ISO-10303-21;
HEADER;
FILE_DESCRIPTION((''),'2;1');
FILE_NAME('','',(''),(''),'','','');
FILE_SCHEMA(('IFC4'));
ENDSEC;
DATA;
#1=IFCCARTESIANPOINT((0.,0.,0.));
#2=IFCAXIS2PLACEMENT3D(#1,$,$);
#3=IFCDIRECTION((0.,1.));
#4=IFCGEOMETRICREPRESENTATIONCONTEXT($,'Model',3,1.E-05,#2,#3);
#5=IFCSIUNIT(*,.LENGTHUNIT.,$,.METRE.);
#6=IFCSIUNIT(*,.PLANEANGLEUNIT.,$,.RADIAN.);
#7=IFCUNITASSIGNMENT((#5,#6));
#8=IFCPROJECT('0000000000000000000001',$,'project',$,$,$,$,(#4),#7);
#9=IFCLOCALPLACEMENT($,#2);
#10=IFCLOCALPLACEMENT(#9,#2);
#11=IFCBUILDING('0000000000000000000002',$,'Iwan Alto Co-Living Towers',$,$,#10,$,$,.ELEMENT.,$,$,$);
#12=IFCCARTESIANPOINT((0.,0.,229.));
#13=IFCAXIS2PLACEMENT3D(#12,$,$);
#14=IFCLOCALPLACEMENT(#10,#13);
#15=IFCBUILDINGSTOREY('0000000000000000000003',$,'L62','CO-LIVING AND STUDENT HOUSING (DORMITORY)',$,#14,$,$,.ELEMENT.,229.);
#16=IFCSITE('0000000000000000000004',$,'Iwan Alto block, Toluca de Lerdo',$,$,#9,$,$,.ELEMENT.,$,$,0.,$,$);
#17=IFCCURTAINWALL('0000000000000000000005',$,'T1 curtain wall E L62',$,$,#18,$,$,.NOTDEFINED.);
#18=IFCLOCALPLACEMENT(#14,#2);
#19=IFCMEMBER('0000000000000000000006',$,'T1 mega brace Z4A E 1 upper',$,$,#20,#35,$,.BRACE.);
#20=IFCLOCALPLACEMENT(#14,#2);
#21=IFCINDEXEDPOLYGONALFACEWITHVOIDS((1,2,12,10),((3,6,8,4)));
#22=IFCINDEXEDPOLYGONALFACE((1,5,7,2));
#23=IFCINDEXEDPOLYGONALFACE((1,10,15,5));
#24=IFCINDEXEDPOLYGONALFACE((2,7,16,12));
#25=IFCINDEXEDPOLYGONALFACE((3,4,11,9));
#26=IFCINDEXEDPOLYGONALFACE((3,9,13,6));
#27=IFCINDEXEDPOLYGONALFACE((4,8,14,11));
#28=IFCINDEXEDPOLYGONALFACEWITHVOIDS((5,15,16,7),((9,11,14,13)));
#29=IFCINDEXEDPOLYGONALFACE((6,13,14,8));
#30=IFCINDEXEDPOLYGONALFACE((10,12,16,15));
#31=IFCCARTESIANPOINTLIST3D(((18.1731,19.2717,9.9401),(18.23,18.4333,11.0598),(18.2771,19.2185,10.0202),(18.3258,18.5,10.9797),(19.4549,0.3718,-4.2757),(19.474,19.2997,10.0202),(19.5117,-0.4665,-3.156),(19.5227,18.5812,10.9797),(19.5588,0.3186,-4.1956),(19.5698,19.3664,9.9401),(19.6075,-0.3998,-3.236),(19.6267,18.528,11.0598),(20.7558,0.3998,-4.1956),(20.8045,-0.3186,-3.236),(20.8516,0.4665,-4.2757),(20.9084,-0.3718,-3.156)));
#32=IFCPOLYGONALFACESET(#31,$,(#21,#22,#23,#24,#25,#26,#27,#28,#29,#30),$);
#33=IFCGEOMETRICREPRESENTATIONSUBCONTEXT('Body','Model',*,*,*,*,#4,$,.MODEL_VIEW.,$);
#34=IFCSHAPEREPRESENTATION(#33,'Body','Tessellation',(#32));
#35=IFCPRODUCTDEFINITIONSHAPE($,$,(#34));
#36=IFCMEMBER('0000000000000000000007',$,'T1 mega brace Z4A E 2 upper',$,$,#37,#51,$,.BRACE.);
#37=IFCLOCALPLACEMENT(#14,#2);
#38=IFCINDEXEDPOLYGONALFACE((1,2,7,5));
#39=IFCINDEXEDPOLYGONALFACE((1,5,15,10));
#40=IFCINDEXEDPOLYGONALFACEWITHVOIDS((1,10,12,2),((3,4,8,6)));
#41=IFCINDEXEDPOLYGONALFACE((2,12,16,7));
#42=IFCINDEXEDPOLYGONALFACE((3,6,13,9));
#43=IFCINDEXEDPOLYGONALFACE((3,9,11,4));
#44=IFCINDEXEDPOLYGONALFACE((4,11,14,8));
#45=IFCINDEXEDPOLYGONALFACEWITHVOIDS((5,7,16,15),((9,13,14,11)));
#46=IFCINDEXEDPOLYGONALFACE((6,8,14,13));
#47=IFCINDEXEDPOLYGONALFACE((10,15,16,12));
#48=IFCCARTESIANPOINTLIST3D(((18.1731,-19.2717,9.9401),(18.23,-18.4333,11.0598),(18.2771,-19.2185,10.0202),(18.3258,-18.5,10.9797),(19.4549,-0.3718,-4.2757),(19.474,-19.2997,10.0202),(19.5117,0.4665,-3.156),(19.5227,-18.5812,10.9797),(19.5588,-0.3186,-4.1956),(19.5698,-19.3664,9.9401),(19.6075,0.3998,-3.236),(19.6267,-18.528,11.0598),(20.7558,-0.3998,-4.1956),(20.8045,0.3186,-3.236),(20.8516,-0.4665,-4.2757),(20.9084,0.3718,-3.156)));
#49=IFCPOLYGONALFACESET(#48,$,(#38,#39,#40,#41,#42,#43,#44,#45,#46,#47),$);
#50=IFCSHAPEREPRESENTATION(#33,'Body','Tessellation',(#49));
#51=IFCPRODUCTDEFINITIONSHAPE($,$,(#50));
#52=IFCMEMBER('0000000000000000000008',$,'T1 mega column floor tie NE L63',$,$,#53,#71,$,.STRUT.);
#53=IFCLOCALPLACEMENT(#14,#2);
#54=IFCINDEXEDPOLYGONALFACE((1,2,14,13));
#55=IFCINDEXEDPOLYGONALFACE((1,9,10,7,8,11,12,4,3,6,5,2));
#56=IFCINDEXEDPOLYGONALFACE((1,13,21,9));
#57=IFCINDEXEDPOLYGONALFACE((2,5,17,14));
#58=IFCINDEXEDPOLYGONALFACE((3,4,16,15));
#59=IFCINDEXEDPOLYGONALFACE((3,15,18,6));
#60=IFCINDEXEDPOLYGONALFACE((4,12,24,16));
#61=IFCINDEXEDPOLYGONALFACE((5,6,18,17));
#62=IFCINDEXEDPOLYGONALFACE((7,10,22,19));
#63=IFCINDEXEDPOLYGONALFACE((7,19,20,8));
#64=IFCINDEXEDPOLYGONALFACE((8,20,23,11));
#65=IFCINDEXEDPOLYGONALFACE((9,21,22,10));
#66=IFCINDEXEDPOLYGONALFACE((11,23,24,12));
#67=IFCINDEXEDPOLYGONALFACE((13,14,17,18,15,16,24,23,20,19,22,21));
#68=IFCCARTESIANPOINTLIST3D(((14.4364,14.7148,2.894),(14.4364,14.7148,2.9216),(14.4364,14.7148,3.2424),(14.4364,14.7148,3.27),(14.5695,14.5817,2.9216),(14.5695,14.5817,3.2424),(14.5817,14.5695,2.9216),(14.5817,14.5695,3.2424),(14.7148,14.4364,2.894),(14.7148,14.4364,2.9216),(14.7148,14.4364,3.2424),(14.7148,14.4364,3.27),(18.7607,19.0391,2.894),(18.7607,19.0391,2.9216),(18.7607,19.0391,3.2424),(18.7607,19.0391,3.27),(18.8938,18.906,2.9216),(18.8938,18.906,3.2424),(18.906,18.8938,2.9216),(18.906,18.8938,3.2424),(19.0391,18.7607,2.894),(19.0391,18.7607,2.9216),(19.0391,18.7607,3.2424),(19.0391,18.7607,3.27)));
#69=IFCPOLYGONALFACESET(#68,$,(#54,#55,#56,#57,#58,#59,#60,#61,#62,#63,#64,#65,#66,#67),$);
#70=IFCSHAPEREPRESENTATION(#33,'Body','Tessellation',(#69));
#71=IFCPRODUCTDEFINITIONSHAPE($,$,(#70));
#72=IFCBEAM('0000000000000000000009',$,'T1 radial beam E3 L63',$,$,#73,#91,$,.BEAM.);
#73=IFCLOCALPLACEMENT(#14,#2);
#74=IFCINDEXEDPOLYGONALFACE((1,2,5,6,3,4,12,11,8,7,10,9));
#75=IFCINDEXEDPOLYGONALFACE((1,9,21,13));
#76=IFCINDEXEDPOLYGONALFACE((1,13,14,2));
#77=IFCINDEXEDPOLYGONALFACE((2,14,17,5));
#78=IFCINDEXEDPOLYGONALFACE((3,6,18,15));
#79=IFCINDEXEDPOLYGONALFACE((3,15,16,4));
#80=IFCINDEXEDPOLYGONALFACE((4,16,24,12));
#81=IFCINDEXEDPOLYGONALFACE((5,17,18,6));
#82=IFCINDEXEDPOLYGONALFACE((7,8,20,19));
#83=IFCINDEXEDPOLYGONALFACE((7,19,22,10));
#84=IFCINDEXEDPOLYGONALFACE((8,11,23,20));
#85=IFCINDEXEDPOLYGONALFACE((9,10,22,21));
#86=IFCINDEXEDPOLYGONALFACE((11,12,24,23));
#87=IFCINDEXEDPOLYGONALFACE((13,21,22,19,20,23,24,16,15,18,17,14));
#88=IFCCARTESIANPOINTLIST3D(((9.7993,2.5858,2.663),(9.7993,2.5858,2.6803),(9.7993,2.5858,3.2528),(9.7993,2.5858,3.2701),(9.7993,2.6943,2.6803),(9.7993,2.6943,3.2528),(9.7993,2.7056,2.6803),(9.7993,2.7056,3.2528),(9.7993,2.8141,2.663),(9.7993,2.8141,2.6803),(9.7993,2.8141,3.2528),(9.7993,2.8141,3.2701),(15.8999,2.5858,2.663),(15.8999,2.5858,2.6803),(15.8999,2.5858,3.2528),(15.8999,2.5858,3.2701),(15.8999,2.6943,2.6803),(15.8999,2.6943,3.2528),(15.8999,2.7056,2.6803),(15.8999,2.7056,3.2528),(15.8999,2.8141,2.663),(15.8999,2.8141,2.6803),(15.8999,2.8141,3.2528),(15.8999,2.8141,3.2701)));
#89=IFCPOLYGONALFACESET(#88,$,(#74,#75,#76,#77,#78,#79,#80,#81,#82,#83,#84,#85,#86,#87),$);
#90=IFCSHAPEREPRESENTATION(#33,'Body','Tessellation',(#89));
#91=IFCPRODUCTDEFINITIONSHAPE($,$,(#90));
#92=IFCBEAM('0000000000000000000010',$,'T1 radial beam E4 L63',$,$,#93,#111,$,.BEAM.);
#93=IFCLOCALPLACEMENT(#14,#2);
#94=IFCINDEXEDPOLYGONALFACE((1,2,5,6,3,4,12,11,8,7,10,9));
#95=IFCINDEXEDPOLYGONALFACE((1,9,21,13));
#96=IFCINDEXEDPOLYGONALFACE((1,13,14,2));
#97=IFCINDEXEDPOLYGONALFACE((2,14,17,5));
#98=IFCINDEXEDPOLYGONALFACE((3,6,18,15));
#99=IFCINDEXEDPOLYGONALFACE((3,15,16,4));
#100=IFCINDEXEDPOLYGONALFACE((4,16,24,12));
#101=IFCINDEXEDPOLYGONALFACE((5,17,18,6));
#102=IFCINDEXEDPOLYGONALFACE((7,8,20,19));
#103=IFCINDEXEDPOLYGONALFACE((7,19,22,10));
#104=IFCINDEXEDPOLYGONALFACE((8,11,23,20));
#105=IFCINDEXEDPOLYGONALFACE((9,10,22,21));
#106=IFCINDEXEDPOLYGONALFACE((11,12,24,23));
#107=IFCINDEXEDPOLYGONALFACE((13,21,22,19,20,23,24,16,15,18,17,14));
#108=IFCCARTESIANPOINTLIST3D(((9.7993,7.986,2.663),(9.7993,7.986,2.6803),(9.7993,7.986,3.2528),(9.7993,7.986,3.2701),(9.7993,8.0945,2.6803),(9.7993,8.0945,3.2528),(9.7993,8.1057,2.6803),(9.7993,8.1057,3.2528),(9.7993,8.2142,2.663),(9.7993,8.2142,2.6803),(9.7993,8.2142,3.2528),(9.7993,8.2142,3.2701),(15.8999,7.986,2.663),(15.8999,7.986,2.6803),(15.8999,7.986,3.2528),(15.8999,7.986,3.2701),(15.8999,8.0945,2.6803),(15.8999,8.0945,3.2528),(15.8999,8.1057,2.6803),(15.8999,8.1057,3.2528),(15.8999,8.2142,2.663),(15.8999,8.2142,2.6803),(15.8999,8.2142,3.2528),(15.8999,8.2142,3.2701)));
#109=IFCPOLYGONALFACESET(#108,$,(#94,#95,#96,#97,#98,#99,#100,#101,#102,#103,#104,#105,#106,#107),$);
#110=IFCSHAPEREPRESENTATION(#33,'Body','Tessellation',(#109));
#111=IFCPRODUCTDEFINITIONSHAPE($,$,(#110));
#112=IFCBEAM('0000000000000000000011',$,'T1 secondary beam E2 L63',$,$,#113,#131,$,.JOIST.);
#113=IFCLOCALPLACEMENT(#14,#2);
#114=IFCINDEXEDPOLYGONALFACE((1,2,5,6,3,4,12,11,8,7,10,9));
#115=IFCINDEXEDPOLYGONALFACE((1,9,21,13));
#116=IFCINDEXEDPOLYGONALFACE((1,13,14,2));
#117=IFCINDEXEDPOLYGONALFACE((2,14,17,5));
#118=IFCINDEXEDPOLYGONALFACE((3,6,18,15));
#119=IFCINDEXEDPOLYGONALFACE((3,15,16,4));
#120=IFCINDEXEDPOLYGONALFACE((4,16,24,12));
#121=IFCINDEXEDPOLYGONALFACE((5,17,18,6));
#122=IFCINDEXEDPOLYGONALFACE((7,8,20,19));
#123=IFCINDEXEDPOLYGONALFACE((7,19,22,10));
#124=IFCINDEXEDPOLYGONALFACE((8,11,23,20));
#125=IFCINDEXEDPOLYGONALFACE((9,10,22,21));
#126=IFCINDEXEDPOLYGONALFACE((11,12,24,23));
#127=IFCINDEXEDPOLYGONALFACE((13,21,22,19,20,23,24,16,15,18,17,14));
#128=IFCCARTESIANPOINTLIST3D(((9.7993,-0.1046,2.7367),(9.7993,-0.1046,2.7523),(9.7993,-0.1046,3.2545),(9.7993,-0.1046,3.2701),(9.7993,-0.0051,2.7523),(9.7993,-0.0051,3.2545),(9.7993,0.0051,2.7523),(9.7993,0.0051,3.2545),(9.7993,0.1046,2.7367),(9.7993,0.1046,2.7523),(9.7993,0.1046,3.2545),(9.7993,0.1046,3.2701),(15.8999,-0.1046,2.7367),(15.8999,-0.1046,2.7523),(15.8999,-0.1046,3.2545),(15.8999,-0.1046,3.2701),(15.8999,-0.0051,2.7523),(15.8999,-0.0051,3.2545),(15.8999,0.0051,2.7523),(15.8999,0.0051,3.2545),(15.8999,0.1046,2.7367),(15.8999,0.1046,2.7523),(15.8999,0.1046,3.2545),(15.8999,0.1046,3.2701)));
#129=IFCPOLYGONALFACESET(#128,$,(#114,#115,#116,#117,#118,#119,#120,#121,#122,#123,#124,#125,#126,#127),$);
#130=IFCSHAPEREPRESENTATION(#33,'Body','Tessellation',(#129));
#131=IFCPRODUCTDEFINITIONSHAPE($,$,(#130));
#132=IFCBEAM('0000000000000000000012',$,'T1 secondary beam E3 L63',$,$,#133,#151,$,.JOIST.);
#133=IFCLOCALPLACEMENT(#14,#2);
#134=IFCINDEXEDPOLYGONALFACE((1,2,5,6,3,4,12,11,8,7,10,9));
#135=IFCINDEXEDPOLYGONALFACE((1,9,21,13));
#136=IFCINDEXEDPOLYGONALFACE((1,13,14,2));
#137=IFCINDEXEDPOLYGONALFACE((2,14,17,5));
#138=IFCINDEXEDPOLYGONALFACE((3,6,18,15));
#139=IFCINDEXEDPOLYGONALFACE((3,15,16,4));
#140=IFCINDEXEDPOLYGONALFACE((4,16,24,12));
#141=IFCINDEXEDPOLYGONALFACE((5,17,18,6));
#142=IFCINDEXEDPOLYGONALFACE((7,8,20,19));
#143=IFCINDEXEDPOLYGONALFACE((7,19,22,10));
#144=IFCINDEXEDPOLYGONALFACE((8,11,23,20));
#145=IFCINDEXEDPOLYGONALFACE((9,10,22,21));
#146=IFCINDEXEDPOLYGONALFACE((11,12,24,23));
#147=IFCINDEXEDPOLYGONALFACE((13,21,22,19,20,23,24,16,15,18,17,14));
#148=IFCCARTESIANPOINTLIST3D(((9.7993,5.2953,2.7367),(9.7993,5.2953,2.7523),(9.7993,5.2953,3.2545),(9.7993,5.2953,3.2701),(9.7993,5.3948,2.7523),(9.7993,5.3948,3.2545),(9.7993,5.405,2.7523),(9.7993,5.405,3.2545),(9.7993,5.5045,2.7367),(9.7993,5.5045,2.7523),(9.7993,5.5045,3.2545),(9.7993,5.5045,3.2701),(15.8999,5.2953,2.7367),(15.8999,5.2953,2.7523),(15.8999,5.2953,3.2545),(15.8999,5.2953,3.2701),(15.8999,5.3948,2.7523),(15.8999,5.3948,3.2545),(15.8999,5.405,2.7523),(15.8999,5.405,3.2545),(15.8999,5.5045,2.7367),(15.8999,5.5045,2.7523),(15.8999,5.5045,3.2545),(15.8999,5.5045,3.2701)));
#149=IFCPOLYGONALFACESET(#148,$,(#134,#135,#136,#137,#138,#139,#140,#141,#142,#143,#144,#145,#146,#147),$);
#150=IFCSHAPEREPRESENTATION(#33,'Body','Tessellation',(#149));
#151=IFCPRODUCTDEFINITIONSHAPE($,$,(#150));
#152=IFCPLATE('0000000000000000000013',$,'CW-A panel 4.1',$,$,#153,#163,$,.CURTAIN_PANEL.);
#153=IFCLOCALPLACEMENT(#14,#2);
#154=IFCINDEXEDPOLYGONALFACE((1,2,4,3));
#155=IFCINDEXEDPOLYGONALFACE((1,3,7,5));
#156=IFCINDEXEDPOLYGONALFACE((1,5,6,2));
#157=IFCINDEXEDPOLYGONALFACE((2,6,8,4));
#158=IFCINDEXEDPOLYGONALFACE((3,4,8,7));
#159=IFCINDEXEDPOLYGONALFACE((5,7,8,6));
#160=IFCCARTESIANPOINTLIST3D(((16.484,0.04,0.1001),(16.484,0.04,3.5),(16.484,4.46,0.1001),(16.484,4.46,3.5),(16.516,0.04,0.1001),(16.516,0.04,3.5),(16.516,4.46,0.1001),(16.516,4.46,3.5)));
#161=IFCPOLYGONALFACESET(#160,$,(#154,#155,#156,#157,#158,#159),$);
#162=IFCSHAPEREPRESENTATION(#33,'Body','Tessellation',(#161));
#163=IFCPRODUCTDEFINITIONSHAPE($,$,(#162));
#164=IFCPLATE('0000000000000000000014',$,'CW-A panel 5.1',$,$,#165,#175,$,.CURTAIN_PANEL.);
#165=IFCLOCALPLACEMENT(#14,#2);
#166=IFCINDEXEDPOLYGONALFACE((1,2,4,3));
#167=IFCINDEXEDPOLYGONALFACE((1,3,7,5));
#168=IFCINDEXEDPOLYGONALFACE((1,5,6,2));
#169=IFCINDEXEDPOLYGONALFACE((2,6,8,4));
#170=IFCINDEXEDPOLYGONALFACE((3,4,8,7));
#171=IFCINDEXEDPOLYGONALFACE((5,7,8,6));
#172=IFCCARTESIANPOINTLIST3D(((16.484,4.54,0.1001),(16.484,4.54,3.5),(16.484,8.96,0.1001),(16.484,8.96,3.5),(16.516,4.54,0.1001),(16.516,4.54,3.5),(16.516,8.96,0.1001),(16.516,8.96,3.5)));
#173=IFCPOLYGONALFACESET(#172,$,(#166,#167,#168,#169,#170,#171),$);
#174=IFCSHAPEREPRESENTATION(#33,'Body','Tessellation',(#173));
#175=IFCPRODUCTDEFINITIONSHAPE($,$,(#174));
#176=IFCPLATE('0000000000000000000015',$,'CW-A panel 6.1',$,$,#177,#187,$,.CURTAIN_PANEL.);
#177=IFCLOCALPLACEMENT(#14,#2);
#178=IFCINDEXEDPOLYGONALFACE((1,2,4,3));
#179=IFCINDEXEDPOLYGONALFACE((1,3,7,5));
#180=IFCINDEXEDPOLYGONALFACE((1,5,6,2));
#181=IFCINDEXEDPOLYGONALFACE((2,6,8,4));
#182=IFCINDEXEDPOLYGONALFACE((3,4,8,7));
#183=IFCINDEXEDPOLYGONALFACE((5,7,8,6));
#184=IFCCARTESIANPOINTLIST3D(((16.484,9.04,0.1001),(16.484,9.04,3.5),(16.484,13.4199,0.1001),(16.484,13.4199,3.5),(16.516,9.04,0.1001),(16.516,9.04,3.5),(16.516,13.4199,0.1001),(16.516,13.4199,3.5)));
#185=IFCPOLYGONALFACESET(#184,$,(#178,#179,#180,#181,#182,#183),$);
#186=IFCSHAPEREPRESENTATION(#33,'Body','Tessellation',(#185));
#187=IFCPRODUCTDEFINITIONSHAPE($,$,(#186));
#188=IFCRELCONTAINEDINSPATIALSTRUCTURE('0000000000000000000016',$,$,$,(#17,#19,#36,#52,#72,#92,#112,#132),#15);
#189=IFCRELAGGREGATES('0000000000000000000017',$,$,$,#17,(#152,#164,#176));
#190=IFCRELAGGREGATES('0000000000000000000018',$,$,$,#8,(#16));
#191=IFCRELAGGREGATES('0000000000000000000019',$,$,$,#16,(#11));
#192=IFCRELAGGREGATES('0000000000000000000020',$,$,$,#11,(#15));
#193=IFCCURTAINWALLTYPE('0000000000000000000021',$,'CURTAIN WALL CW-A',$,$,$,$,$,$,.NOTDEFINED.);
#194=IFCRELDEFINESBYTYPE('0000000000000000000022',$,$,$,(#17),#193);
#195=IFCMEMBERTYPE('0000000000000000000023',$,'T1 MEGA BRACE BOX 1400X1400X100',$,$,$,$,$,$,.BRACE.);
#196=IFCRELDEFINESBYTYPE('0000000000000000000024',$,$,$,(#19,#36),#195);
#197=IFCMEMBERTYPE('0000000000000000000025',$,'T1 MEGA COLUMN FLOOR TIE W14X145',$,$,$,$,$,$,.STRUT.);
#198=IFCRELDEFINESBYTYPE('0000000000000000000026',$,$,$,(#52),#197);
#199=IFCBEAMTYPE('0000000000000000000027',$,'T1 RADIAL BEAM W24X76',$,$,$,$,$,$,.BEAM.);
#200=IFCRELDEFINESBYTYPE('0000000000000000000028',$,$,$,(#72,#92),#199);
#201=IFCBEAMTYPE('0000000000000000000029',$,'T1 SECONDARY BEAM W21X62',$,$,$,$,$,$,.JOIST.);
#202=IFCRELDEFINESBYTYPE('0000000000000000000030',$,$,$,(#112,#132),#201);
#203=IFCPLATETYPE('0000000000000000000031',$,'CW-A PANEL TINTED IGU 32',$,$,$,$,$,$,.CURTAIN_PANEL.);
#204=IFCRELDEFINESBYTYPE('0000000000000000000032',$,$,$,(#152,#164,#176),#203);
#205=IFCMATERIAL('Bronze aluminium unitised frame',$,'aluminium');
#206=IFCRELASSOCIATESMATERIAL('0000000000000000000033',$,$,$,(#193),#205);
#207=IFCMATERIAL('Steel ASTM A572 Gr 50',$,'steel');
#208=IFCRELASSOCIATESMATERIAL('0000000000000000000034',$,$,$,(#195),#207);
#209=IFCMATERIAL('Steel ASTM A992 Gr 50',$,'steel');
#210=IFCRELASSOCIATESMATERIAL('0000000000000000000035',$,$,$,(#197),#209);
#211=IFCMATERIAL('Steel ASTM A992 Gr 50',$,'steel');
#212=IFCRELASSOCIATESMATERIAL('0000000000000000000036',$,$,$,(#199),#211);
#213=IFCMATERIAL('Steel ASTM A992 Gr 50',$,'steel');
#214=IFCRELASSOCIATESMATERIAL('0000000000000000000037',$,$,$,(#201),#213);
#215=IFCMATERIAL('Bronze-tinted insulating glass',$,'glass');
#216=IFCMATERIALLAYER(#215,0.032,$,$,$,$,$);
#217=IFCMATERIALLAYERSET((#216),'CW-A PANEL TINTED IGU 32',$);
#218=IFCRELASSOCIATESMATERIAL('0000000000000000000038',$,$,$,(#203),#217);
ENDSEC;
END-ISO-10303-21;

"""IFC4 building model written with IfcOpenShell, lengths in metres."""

from ifc_helpers import new_model, si_unit, direction, frame, origin, origin_2d, place, context, subcontext, project, spatial, rectangle, hollow_rectangle, i_section, extrude, material, layer, layer_set, material_profile, profile_set, type_object, element, aggregate, save


model = new_model("IFC4")

# Units and contexts
model_context = context("Model", 3, precision=1e-05, world=origin(), true_north=direction((0.0, 1.0)))
body_context = subcontext(model_context, "Body", "Model", "MODEL_VIEW")
ifc_project = project(units=[si_unit("LENGTHUNIT", "METRE"), si_unit("PLANEANGLEUNIT", "RADIAN")], contexts=[model_context])

# Site, building, storey
site_placement = place(None, origin())
site = spatial("IfcSite", under=ifc_project, at=site_placement, Name="Iwan Alto block, Toluca de Lerdo", CompositionType="ELEMENT", RefElevation=0.0)
building_placement = place(site_placement, origin())
building = spatial("IfcBuilding", under=site, at=building_placement, Name="Iwan Alto Co-Living Towers", CompositionType="ELEMENT")
storey_placement = place(building_placement, frame((0.0, 0.0, 229.0)))
storey = spatial("IfcBuildingStorey", under=building, at=storey_placement, Name="L62", Description="CO-LIVING AND STUDENT HOUSING (DORMITORY)", CompositionType="ELEMENT", Elevation=229.0)

# Curtain wall
ifc_material_1 = material(Name="Bronze aluminium unitised frame", Category="aluminium")
curtain_wall_type_1 = type_object("IfcCurtainWallType", Name="CURTAIN WALL CW-A", PredefinedType="NOTDEFINED", material=ifc_material_1)
curtain_wall_1_placement = place(storey_placement, origin())
curtain_wall_1 = element("IfcCurtainWall", 1, at=curtain_wall_1_placement, inside=storey, type_object=curtain_wall_type_1, Name="T1 curtain wall E L62", PredefinedType="NOTDEFINED")

# Members
ifc_material_2 = material(Name="Steel ASTM A572 Gr 50", Category="steel")
ifc_material_profile_1 = material_profile(ifc_material_2, hollow_rectangle(XDim=1.3999, YDim=1.3999, WallThickness=0.1001, at=origin_2d()), Name="BOX 1400X1400X100")
ifc_profile_set_1 = profile_set([ifc_material_profile_1], Name="Steel ASTM A572 Gr 50")
member_type_1 = type_object("IfcMemberType", Name="T1 MEGA BRACE BOX 1400X1400X100", PredefinedType="BRACE", material=ifc_profile_set_1)
for number, where, z_axis, x_axis, name in (
    (2, (20.1816, 0.0, -3.7158), (-0.054118, 0.797998, 0.600225), (-0.997708, -0.067662, 0.0), "T1 mega brace Z4A E 1 upper"),
    (3, (20.1816, 0.0, -3.7158), (-0.054118, -0.797998, 0.600225), (0.997708, -0.067662, 0.0), "T1 mega brace Z4A E 2 upper"),
):
    element("IfcMember", number, at=place(storey_placement, frame(where, z_axis=z_axis, x_axis=x_axis)), inside=storey, type_object=member_type_1, Name=name, PredefinedType="BRACE", context=body_context, shape_type="SweptSolid", body=[
        extrude(hollow_rectangle(XDim=1.3999, YDim=1.3999, WallThickness=0.1001, at=origin_2d()), origin(), (0.0, 0.0, 1.0), 23.6841),
    ])
ifc_material_3 = material(Name="Steel ASTM A992 Gr 50", Category="steel")
ifc_material_profile_2 = material_profile(ifc_material_3, i_section(OverallWidth=0.3938, OverallDepth=0.376, WebThickness=0.0173, FlangeThickness=0.0276, at=origin_2d()), Name="W14X145")
ifc_profile_set_2 = profile_set([ifc_material_profile_2], Name="Steel ASTM A992 Gr 50")
member_type_2 = type_object("IfcMemberType", Name="T1 MEGA COLUMN FLOOR TIE W14X145", PredefinedType="STRUT", material=ifc_profile_set_2)
member_1_placement = place(storey_placement, frame((18.8999, 18.8999, 3.082), z_axis=(-0.707107, -0.707107, 0.0), x_axis=(0.707107, -0.707107, 0.0)))
element("IfcMember", 4, at=member_1_placement, inside=storey, type_object=member_type_2, Name="T1 mega column floor tie NE L63", PredefinedType="STRUT", context=body_context, shape_type="SweptSolid", body=[
    extrude(i_section(OverallWidth=0.3938, OverallDepth=0.376, WebThickness=0.0173, FlangeThickness=0.0276, at=origin_2d()), origin(), (0.0, 0.0, 1.0), 6.1155),
])

# Beams
ifc_material_4 = material(Name="Steel ASTM A992 Gr 50", Category="steel")
ifc_material_profile_3 = material_profile(ifc_material_4, i_section(OverallWidth=0.2283, OverallDepth=0.6072, WebThickness=0.0112, FlangeThickness=0.0173, at=origin_2d()), Name="W24X76")
ifc_profile_set_3 = profile_set([ifc_material_profile_3], Name="Steel ASTM A992 Gr 50")
beam_type_1 = type_object("IfcBeamType", Name="T1 RADIAL BEAM W24X76", PredefinedType="BEAM", material=ifc_profile_set_3)
for number, where, z_axis, x_axis, name in (
    (5, (15.8999, 2.7, 2.9666), (-1.0, 0.0, 0.0), (0.0, -1.0, 0.0), "T1 radial beam E3 L63"),
    (6, (15.8999, 8.1001, 2.9666), (-1.0, 0.0, 0.0), (0.0, -1.0, 0.0), "T1 radial beam E4 L63"),
):
    element("IfcBeam", number, at=place(storey_placement, frame(where, z_axis=z_axis, x_axis=x_axis)), inside=storey, type_object=beam_type_1, Name=name, PredefinedType="BEAM", context=body_context, shape_type="SweptSolid", body=[
        extrude(i_section(OverallWidth=0.2283, OverallDepth=0.6072, WebThickness=0.0112, FlangeThickness=0.0173, at=origin_2d()), origin(), (0.0, 0.0, 1.0), 6.1006),
    ])
ifc_material_5 = material(Name="Steel ASTM A992 Gr 50", Category="steel")
ifc_material_profile_4 = material_profile(ifc_material_5, i_section(OverallWidth=0.2092, OverallDepth=0.5334, WebThickness=0.0103, FlangeThickness=0.0156, at=origin_2d()), Name="W21X62")
ifc_profile_set_4 = profile_set([ifc_material_profile_4], Name="Steel ASTM A992 Gr 50")
beam_type_2 = type_object("IfcBeamType", Name="T1 SECONDARY BEAM W21X62", PredefinedType="JOIST", material=ifc_profile_set_4)
for number, where, z_axis, x_axis, name in (
    (7, (15.8999, 0.0, 3.0034), (-1.0, 0.0, 0.0), (0.0, -1.0, 0.0), "T1 secondary beam E2 L63"),
    (8, (15.8999, 5.3999, 3.0034), (-1.0, 0.0, 0.0), (0.0, -1.0, 0.0), "T1 secondary beam E3 L63"),
):
    element("IfcBeam", number, at=place(storey_placement, frame(where, z_axis=z_axis, x_axis=x_axis)), inside=storey, type_object=beam_type_2, Name=name, PredefinedType="JOIST", context=body_context, shape_type="SweptSolid", body=[
        extrude(i_section(OverallWidth=0.2092, OverallDepth=0.5334, WebThickness=0.0103, FlangeThickness=0.0156, at=origin_2d()), origin(), (0.0, 0.0, 1.0), 6.1006),
    ])

# Plates
ifc_material_6 = material(Name="Bronze-tinted insulating glass", Category="glass")
ifc_layer_1 = layer(ifc_material_6, 0.032)
ifc_layer_set_1 = layer_set([ifc_layer_1], Name="CW-A PANEL TINTED IGU 32")
plate_type_1 = type_object("IfcPlateType", Name="CW-A PANEL TINTED IGU 32", PredefinedType="CURTAIN_PANEL", material=ifc_layer_set_1)
plate_1_placement = place(storey_placement, frame((16.5, 2.25, 0.1001), z_axis=(0.0, 0.0, 1.0), x_axis=(0.0, 1.0, 0.0)))
plate_1 = element("IfcPlate", 9, at=plate_1_placement, type_object=plate_type_1, Name="CW-A panel 4.1", PredefinedType="CURTAIN_PANEL", context=body_context, shape_type="SweptSolid", body=[
    extrude(rectangle(XDim=4.4199, YDim=0.032, at=origin_2d()), origin(), (0.0, 0.0, 1.0), 3.3999),
])
plate_2_placement = place(storey_placement, frame((16.5, 6.75, 0.1001), z_axis=(0.0, 0.0, 1.0), x_axis=(0.0, 1.0, 0.0)))
plate_2 = element("IfcPlate", 10, at=plate_2_placement, type_object=plate_type_1, Name="CW-A panel 5.1", PredefinedType="CURTAIN_PANEL", context=body_context, shape_type="SweptSolid", body=[
    extrude(rectangle(XDim=4.4199, YDim=0.032, at=origin_2d()), origin(), (0.0, 0.0, 1.0), 3.3999),
])
plate_3_placement = place(storey_placement, frame((16.5, 11.23, 0.1001), z_axis=(0.0, 0.0, 1.0), x_axis=(0.0, 1.0, 0.0)))
plate_3 = element("IfcPlate", 11, at=plate_3_placement, type_object=plate_type_1, Name="CW-A panel 6.1", PredefinedType="CURTAIN_PANEL", context=body_context, shape_type="SweptSolid", body=[
    extrude(rectangle(XDim=4.3799, YDim=0.032, at=origin_2d()), origin(), (0.0, 0.0, 1.0), 3.3999),
])
aggregate(curtain_wall_1, [plate_1, plate_2, plate_3])

save(model, "model.ifc")
